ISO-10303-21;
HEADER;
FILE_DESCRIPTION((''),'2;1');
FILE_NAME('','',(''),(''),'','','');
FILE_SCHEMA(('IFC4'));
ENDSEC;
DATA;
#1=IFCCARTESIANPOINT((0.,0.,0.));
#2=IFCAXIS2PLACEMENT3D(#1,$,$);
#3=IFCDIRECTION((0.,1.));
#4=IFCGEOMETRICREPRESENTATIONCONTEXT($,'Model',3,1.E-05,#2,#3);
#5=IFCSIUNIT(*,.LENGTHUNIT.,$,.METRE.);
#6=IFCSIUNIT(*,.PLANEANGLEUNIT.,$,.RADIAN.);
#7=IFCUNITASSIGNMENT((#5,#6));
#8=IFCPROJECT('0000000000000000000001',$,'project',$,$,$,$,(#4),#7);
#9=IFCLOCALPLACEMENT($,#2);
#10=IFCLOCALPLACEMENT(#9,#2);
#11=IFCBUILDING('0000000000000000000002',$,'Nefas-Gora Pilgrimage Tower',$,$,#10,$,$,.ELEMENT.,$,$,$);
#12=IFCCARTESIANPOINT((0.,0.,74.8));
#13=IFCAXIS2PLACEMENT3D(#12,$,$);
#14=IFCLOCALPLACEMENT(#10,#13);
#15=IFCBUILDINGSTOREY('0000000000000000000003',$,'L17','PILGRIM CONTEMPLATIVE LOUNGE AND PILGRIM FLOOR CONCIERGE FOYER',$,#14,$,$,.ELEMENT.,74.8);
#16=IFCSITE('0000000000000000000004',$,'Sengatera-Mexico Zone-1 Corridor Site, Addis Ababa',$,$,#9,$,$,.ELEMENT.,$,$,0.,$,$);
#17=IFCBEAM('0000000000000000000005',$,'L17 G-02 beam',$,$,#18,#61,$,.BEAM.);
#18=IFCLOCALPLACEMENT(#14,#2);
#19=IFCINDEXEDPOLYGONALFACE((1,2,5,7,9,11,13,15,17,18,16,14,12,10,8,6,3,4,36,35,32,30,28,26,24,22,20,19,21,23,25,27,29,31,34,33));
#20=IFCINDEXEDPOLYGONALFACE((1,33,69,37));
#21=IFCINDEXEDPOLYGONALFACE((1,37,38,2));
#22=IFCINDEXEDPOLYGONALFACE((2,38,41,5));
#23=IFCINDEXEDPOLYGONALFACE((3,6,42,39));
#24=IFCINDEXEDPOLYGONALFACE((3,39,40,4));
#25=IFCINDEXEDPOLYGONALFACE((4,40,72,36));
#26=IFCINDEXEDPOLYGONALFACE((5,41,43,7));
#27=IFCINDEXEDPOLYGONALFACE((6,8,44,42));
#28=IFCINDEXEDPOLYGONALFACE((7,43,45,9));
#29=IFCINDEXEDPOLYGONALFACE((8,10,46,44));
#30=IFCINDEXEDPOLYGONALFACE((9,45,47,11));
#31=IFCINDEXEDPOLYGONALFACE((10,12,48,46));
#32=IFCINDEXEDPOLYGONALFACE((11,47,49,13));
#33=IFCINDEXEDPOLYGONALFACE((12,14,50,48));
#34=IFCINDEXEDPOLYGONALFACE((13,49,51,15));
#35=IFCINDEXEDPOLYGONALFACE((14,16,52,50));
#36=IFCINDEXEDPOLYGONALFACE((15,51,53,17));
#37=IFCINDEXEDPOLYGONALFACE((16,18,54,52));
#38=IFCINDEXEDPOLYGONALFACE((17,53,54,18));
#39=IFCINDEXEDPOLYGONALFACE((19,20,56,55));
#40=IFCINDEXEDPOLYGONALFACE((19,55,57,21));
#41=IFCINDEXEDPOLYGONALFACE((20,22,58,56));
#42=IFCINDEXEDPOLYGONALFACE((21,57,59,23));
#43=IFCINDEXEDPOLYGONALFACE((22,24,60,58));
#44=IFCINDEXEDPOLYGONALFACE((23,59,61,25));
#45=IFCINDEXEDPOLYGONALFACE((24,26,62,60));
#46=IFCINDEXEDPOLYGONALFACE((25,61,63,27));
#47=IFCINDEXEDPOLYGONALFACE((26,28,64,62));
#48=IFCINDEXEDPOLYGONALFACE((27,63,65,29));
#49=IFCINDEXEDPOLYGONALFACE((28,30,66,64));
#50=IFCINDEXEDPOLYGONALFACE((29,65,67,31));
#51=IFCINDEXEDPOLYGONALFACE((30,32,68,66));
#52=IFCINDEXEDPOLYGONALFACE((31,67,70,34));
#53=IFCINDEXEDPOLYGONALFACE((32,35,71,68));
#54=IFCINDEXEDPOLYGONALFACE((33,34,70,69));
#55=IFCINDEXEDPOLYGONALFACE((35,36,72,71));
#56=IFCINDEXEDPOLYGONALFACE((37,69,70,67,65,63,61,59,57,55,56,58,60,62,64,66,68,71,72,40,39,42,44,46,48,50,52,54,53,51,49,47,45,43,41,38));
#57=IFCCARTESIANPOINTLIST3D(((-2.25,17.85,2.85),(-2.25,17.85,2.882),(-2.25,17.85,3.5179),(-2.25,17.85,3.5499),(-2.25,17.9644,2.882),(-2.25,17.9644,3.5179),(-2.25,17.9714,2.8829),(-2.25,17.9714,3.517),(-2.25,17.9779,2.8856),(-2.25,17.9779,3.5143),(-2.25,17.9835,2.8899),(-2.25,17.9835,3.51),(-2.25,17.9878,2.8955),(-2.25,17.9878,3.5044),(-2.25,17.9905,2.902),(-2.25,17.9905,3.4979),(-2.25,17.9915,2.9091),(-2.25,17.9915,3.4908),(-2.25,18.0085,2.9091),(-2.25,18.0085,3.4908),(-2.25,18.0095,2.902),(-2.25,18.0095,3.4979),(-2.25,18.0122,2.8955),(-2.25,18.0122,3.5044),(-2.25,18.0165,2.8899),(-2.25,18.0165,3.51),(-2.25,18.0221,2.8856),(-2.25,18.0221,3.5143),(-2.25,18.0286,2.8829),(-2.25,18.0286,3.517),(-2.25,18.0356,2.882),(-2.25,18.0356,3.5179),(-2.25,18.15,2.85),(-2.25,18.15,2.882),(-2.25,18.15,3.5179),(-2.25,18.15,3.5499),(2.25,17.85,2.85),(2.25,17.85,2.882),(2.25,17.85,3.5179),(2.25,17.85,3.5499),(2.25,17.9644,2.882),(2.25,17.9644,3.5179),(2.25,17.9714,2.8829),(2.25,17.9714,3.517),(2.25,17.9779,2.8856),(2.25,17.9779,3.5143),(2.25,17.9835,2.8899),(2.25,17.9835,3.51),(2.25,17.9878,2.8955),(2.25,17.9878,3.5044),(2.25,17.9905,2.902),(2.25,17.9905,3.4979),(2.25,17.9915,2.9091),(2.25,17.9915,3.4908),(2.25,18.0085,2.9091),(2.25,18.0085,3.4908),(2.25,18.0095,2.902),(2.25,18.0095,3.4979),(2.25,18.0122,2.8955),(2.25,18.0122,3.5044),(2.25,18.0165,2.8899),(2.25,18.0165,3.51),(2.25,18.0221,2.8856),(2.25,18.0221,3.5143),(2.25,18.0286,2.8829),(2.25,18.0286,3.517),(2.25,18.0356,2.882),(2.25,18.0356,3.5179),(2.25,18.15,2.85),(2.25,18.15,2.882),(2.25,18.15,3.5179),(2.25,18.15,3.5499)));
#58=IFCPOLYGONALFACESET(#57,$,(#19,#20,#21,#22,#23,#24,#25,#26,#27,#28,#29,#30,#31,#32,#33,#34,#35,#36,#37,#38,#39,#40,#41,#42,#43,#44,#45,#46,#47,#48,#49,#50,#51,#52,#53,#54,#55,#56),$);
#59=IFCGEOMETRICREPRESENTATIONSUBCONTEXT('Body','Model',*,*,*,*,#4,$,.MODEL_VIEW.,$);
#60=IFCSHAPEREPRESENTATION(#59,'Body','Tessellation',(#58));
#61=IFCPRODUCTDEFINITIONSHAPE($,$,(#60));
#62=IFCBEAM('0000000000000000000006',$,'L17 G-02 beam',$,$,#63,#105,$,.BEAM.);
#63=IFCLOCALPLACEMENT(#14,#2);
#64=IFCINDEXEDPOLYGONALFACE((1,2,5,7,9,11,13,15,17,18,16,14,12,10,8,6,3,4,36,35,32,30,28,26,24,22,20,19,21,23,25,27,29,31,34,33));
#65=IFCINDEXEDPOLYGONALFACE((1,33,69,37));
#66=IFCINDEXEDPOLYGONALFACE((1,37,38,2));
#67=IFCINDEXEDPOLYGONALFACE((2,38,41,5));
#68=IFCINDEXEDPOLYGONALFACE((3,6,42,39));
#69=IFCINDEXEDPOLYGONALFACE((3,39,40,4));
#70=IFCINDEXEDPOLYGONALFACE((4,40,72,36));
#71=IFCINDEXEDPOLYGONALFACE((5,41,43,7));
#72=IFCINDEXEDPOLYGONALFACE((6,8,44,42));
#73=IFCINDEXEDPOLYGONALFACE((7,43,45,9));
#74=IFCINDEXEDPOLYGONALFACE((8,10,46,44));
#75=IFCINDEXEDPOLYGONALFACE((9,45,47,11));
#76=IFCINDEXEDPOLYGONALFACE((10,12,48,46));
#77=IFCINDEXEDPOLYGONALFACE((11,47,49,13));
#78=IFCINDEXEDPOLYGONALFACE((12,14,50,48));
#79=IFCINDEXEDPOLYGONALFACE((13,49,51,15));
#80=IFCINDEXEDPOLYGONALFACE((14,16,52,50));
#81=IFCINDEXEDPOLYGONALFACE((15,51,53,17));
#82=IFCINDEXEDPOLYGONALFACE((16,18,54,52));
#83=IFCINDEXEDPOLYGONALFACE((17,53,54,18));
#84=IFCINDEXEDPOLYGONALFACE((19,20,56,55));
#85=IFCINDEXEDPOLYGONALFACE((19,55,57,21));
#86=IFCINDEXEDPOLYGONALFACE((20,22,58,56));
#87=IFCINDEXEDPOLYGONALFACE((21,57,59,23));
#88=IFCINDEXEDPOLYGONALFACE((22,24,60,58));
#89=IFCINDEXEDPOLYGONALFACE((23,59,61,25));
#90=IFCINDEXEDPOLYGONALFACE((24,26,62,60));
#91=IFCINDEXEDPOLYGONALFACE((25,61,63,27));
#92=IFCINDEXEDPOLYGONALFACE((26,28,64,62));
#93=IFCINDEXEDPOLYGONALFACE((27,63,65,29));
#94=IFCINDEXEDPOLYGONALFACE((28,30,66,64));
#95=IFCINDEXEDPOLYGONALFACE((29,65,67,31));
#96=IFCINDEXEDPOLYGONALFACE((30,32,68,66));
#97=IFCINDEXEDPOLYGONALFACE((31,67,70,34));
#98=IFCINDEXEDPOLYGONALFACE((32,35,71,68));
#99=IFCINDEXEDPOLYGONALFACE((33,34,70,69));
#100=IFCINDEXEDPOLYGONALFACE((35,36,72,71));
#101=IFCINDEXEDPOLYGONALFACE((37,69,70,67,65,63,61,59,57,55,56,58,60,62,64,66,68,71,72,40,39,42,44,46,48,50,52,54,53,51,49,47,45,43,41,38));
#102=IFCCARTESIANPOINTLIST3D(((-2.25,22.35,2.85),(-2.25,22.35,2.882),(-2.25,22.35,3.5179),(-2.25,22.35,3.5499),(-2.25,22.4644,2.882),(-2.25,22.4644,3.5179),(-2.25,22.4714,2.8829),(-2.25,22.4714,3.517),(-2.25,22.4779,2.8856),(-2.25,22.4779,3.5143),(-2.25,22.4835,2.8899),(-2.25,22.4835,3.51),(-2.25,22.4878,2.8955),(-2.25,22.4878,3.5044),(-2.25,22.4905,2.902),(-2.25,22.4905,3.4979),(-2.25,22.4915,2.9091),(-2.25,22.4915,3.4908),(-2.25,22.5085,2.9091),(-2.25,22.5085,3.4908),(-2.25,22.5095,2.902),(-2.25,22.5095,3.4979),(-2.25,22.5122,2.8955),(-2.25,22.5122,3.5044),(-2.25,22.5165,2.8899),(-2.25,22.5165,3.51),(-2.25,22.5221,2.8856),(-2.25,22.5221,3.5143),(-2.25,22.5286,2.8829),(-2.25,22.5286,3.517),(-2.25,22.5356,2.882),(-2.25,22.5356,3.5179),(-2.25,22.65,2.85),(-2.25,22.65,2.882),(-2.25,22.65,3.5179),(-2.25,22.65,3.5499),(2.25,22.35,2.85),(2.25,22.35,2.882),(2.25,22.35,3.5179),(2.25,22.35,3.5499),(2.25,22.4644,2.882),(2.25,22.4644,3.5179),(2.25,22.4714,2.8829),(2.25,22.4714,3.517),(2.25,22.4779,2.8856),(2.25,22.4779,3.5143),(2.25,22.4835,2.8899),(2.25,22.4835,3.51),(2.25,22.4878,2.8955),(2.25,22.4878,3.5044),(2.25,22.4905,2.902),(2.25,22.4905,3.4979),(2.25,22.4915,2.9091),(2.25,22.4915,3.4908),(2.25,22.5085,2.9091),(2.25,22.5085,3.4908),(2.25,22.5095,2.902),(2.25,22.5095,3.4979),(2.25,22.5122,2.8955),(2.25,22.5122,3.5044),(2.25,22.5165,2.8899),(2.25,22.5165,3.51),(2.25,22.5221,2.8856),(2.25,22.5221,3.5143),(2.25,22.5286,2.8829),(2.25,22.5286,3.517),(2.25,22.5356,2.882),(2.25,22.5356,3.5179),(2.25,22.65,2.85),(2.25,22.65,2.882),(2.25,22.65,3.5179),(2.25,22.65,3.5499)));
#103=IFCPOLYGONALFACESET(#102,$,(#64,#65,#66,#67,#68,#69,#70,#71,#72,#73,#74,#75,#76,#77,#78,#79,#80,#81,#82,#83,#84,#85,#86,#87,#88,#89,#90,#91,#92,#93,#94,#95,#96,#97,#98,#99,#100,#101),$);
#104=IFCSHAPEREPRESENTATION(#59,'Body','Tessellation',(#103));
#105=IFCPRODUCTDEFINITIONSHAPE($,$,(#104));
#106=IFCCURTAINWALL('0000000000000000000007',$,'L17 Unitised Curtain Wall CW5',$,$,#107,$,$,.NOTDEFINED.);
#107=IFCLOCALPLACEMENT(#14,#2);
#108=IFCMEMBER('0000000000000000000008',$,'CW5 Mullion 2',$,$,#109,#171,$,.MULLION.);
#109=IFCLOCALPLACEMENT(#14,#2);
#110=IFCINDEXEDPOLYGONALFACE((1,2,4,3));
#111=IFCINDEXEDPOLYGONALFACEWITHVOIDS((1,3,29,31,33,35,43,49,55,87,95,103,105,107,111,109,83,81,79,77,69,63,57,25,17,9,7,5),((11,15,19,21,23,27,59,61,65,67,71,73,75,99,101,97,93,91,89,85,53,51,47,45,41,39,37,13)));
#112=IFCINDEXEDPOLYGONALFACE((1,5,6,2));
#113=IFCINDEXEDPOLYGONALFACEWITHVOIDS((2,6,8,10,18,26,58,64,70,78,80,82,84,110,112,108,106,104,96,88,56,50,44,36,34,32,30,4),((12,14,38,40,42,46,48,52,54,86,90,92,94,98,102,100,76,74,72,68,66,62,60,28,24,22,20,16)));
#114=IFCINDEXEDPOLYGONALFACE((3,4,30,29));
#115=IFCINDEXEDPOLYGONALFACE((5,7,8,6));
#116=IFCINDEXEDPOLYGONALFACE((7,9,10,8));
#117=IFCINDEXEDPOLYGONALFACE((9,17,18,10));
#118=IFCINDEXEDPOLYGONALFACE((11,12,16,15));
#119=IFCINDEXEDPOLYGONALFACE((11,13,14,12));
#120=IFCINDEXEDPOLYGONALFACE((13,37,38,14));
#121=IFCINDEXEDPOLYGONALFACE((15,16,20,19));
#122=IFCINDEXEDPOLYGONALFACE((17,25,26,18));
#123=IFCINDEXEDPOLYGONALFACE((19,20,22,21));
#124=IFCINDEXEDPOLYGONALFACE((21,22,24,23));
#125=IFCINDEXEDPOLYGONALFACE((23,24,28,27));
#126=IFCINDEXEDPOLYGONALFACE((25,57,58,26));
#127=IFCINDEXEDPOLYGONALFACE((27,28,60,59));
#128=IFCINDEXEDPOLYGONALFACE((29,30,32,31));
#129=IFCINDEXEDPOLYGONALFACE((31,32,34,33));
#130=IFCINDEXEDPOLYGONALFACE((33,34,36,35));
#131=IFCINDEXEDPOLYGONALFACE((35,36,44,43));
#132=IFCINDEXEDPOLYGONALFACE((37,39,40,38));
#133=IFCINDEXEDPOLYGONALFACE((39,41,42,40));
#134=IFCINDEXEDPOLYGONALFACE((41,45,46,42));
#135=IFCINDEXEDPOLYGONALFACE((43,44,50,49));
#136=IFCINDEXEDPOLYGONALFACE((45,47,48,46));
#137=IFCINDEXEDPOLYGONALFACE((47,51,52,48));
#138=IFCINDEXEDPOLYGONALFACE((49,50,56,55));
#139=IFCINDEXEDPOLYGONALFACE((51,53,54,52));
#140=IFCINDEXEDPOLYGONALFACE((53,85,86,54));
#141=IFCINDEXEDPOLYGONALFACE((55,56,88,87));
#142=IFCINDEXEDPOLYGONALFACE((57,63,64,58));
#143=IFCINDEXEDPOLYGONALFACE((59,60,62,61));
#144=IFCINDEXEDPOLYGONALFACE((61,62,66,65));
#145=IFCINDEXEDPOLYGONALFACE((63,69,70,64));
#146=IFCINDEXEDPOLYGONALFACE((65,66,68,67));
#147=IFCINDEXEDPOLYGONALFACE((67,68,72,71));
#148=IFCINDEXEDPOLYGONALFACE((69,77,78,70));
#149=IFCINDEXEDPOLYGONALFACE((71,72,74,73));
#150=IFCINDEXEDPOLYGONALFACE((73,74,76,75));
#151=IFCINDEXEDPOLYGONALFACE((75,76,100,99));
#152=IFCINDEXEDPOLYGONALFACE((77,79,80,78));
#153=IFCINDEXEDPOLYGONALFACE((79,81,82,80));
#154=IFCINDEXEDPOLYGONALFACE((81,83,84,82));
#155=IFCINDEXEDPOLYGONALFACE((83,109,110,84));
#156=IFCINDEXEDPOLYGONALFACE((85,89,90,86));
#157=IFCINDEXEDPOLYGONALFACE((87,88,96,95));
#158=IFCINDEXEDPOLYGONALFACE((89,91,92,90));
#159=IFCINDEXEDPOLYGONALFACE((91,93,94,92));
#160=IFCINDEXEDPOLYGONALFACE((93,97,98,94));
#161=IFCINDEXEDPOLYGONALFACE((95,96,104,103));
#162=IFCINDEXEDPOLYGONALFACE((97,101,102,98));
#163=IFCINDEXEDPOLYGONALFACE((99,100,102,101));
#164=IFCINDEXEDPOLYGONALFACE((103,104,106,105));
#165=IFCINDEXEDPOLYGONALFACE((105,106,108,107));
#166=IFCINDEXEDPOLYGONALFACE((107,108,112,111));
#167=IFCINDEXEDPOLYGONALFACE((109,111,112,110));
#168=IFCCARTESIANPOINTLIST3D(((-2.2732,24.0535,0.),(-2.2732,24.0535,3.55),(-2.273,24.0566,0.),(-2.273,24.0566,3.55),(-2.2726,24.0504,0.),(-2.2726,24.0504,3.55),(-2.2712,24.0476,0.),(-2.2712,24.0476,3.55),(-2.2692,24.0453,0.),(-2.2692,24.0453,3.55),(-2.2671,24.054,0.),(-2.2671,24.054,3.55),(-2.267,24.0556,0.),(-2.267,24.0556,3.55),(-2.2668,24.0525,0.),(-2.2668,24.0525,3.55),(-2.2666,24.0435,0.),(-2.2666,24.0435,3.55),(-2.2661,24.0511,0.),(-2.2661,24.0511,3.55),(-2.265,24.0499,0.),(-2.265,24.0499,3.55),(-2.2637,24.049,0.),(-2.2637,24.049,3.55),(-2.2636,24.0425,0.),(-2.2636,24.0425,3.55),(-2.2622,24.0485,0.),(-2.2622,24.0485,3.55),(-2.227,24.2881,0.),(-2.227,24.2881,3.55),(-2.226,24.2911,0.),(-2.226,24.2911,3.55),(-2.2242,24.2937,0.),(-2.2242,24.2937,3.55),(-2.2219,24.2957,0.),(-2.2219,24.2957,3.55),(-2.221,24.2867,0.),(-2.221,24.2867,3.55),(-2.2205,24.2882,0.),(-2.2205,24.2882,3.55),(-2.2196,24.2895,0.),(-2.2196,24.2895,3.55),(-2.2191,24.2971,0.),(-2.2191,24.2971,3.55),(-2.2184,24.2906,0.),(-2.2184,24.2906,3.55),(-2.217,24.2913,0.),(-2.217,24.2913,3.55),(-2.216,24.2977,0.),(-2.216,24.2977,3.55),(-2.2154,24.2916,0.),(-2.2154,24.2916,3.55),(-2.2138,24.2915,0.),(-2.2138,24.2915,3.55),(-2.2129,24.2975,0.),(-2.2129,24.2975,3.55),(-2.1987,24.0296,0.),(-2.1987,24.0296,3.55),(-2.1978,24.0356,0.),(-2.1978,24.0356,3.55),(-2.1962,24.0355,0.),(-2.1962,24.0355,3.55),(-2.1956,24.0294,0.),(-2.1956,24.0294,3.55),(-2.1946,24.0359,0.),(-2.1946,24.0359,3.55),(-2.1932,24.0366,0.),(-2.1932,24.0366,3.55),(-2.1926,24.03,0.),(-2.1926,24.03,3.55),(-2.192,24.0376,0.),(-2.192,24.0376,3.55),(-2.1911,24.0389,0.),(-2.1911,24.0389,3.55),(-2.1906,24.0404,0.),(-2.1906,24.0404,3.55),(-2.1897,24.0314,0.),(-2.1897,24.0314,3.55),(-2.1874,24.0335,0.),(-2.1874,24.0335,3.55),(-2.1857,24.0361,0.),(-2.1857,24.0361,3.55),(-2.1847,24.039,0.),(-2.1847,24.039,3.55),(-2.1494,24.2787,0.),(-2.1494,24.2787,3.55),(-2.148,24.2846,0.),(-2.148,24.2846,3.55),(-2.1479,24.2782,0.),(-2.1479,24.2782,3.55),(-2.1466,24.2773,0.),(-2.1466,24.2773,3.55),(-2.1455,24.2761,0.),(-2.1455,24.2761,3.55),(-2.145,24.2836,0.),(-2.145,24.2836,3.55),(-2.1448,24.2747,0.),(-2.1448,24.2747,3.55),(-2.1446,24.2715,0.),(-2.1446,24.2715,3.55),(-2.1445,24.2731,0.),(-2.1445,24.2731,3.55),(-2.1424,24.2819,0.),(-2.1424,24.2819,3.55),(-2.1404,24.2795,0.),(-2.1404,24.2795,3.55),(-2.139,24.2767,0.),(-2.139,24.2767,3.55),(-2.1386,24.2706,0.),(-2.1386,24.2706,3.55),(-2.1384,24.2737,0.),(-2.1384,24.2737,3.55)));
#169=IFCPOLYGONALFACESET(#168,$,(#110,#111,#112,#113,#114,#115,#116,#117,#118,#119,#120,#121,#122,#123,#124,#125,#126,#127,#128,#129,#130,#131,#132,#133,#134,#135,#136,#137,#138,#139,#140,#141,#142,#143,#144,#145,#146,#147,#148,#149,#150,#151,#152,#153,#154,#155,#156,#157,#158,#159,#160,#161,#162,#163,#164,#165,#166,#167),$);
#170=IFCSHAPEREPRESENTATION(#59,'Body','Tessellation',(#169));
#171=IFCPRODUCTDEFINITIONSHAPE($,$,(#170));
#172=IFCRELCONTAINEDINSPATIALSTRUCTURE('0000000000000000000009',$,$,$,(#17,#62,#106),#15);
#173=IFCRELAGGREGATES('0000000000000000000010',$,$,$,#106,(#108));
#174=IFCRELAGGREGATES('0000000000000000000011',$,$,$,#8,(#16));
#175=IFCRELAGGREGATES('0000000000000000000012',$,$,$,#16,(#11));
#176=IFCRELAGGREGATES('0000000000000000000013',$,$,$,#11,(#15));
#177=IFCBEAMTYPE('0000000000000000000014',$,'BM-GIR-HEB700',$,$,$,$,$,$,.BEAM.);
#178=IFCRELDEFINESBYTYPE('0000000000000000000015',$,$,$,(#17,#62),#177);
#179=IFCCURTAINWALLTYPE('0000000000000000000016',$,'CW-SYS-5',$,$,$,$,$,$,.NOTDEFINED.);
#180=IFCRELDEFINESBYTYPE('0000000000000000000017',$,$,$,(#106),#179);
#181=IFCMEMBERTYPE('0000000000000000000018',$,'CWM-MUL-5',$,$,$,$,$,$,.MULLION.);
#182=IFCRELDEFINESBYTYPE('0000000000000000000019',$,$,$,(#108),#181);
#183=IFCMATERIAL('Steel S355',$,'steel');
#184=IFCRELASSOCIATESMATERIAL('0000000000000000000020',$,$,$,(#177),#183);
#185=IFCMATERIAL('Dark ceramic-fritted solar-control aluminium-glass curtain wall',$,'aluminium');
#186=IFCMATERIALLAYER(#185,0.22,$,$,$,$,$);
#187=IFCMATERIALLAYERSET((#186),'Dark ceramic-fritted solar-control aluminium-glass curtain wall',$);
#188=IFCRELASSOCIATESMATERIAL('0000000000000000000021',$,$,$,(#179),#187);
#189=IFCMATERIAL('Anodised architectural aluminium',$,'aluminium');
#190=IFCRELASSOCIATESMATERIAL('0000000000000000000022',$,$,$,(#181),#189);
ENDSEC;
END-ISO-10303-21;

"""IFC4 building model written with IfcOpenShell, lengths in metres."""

from ifc_helpers import new_model, si_unit, direction, frame, origin, origin_2d, place, context, subcontext, project, spatial, hollow_rectangle, i_section, extrude, source, transform, mapped, material, layer, layer_set, material_profile, profile_set, type_object, element, aggregate, save


model = new_model("IFC4")

# Units and contexts
model_context = context("Model", 3, precision=1e-05, world=origin(), true_north=direction((0.0, 1.0)))
body_context = subcontext(model_context, "Body", "Model", "MODEL_VIEW")
ifc_project = project(units=[si_unit("LENGTHUNIT", "METRE"), si_unit("PLANEANGLEUNIT", "RADIAN")], contexts=[model_context])

# Site, building, storey
site_placement = place(None, origin())
site = spatial("IfcSite", under=ifc_project, at=site_placement, Name="Sengatera-Mexico Zone-1 Corridor Site, Addis Ababa", CompositionType="ELEMENT", RefElevation=0.0)
building_placement = place(site_placement, origin())
building = spatial("IfcBuilding", under=site, at=building_placement, Name="Nefas-Gora Pilgrimage Tower", CompositionType="ELEMENT")
storey_placement = place(building_placement, frame((0.0, 0.0, 74.8)))
storey = spatial("IfcBuildingStorey", under=building, at=storey_placement, Name="L17", Description="PILGRIM CONTEMPLATIVE LOUNGE AND PILGRIM FLOOR CONCIERGE FOYER", CompositionType="ELEMENT", Elevation=74.8)

# Beams
ifc_material_1 = material(Name="Steel S355", Category="steel")
ifc_material_profile_1 = material_profile(ifc_material_1, i_section(OverallWidth=0.3, OverallDepth=0.7, WebThickness=0.0171, FlangeThickness=0.032, FilletRadius=0.0271, at=origin_2d()), Name="HEB 700")
ifc_profile_set_1 = profile_set([ifc_material_profile_1], Name="Steel S355")
beam_type = type_object("IfcBeamType", Name="BM-GIR-HEB700", PredefinedType="BEAM", material=ifc_profile_set_1)
shared_shape_1 = source(origin(), body_context, "Body", "SweptSolid", [
    extrude(i_section(OverallWidth=0.3, OverallDepth=0.7, WebThickness=0.0171, FlangeThickness=0.032, FilletRadius=0.0271, at=origin_2d()), origin(), (0.0, 0.0, 1.0), 4.5),
])
for number, where, z_axis, x_axis, name in (
    (1, (-2.25, 18.0, 3.2), (1.0, 0.0, 0.0), (0.0, 1.0, 0.0), "L17 G-02 beam"),
    (2, (-2.25, 22.5, 3.2), (1.0, 0.0, 0.0), (0.0, 1.0, 0.0), "L17 G-02 beam"),
):
    element("IfcBeam", number, at=place(storey_placement, frame(where, z_axis=z_axis, x_axis=x_axis)), inside=storey, type_object=beam_type, Name=name, PredefinedType="BEAM", context=body_context, shape_type="MappedRepresentation", body=[
        mapped(shared_shape_1, transform((0.0, 0.0, 0.0), x_axis=(1.0, 0.0, 0.0), y_axis=(0.0, 1.0, 0.0), z_axis=(0.0, 0.0, 1.0), scale=1.0)),
    ])

# Curtain wall, member
ifc_material_2 = material(Name="Dark ceramic-fritted solar-control aluminium-glass curtain wall", Category="aluminium")
ifc_layer_1 = layer(ifc_material_2, 0.22)
ifc_layer_set_1 = layer_set([ifc_layer_1], Name="Dark ceramic-fritted solar-control aluminium-glass curtain wall")
curtain_wall_type = type_object("IfcCurtainWallType", Name="CW-SYS-5", PredefinedType="NOTDEFINED", material=ifc_layer_set_1)
curtain_wall_1_placement = place(storey_placement, origin())
curtain_wall_1 = element("IfcCurtainWall", 3, at=curtain_wall_1_placement, inside=storey, type_object=curtain_wall_type, Name="L17 Unitised Curtain Wall CW5", PredefinedType="NOTDEFINED")
ifc_material_3 = material(Name="Anodised architectural aluminium", Category="aluminium")
ifc_material_profile_2 = material_profile(ifc_material_3, hollow_rectangle(XDim=0.0901, YDim=0.26, WallThickness=0.0061, InnerFilletRadius=0.0061, OuterFilletRadius=0.012, at=origin_2d()), Name="ALU MULLION 90x260")
ifc_profile_set_2 = profile_set([ifc_material_profile_2], Name="Anodised architectural aluminium")
member_type_1 = type_object("IfcMemberType", Name="CWM-MUL-5", PredefinedType="MULLION", material=ifc_profile_set_2)
shared_shape_2 = source(origin(), body_context, "Body", "SweptSolid", [
    extrude(hollow_rectangle(XDim=0.0901, YDim=0.26, WallThickness=0.0061, InnerFilletRadius=0.0061, OuterFilletRadius=0.012, at=origin_2d()), origin(), (0.0, 0.0, 1.0), 3.55),
])
member_1_placement = place(storey_placement, frame((-2.2058, 24.1636, 0.0), z_axis=(0.0, 0.0, 1.0), x_axis=(-0.980783, 0.195102, 0.0)))
member_1 = element("IfcMember", 4, at=member_1_placement, type_object=member_type_1, Name="CW5 Mullion 2", PredefinedType="MULLION", context=body_context, shape_type="MappedRepresentation", body=[
    mapped(shared_shape_2, transform((0.0, 0.0, 0.0), x_axis=(1.0, 0.0, 0.0), y_axis=(0.0, 1.0, 0.0), z_axis=(0.0, 0.0, 1.0), scale=1.0)),
])

aggregate(curtain_wall_1, [member_1])

save(model, "model.ifc")
